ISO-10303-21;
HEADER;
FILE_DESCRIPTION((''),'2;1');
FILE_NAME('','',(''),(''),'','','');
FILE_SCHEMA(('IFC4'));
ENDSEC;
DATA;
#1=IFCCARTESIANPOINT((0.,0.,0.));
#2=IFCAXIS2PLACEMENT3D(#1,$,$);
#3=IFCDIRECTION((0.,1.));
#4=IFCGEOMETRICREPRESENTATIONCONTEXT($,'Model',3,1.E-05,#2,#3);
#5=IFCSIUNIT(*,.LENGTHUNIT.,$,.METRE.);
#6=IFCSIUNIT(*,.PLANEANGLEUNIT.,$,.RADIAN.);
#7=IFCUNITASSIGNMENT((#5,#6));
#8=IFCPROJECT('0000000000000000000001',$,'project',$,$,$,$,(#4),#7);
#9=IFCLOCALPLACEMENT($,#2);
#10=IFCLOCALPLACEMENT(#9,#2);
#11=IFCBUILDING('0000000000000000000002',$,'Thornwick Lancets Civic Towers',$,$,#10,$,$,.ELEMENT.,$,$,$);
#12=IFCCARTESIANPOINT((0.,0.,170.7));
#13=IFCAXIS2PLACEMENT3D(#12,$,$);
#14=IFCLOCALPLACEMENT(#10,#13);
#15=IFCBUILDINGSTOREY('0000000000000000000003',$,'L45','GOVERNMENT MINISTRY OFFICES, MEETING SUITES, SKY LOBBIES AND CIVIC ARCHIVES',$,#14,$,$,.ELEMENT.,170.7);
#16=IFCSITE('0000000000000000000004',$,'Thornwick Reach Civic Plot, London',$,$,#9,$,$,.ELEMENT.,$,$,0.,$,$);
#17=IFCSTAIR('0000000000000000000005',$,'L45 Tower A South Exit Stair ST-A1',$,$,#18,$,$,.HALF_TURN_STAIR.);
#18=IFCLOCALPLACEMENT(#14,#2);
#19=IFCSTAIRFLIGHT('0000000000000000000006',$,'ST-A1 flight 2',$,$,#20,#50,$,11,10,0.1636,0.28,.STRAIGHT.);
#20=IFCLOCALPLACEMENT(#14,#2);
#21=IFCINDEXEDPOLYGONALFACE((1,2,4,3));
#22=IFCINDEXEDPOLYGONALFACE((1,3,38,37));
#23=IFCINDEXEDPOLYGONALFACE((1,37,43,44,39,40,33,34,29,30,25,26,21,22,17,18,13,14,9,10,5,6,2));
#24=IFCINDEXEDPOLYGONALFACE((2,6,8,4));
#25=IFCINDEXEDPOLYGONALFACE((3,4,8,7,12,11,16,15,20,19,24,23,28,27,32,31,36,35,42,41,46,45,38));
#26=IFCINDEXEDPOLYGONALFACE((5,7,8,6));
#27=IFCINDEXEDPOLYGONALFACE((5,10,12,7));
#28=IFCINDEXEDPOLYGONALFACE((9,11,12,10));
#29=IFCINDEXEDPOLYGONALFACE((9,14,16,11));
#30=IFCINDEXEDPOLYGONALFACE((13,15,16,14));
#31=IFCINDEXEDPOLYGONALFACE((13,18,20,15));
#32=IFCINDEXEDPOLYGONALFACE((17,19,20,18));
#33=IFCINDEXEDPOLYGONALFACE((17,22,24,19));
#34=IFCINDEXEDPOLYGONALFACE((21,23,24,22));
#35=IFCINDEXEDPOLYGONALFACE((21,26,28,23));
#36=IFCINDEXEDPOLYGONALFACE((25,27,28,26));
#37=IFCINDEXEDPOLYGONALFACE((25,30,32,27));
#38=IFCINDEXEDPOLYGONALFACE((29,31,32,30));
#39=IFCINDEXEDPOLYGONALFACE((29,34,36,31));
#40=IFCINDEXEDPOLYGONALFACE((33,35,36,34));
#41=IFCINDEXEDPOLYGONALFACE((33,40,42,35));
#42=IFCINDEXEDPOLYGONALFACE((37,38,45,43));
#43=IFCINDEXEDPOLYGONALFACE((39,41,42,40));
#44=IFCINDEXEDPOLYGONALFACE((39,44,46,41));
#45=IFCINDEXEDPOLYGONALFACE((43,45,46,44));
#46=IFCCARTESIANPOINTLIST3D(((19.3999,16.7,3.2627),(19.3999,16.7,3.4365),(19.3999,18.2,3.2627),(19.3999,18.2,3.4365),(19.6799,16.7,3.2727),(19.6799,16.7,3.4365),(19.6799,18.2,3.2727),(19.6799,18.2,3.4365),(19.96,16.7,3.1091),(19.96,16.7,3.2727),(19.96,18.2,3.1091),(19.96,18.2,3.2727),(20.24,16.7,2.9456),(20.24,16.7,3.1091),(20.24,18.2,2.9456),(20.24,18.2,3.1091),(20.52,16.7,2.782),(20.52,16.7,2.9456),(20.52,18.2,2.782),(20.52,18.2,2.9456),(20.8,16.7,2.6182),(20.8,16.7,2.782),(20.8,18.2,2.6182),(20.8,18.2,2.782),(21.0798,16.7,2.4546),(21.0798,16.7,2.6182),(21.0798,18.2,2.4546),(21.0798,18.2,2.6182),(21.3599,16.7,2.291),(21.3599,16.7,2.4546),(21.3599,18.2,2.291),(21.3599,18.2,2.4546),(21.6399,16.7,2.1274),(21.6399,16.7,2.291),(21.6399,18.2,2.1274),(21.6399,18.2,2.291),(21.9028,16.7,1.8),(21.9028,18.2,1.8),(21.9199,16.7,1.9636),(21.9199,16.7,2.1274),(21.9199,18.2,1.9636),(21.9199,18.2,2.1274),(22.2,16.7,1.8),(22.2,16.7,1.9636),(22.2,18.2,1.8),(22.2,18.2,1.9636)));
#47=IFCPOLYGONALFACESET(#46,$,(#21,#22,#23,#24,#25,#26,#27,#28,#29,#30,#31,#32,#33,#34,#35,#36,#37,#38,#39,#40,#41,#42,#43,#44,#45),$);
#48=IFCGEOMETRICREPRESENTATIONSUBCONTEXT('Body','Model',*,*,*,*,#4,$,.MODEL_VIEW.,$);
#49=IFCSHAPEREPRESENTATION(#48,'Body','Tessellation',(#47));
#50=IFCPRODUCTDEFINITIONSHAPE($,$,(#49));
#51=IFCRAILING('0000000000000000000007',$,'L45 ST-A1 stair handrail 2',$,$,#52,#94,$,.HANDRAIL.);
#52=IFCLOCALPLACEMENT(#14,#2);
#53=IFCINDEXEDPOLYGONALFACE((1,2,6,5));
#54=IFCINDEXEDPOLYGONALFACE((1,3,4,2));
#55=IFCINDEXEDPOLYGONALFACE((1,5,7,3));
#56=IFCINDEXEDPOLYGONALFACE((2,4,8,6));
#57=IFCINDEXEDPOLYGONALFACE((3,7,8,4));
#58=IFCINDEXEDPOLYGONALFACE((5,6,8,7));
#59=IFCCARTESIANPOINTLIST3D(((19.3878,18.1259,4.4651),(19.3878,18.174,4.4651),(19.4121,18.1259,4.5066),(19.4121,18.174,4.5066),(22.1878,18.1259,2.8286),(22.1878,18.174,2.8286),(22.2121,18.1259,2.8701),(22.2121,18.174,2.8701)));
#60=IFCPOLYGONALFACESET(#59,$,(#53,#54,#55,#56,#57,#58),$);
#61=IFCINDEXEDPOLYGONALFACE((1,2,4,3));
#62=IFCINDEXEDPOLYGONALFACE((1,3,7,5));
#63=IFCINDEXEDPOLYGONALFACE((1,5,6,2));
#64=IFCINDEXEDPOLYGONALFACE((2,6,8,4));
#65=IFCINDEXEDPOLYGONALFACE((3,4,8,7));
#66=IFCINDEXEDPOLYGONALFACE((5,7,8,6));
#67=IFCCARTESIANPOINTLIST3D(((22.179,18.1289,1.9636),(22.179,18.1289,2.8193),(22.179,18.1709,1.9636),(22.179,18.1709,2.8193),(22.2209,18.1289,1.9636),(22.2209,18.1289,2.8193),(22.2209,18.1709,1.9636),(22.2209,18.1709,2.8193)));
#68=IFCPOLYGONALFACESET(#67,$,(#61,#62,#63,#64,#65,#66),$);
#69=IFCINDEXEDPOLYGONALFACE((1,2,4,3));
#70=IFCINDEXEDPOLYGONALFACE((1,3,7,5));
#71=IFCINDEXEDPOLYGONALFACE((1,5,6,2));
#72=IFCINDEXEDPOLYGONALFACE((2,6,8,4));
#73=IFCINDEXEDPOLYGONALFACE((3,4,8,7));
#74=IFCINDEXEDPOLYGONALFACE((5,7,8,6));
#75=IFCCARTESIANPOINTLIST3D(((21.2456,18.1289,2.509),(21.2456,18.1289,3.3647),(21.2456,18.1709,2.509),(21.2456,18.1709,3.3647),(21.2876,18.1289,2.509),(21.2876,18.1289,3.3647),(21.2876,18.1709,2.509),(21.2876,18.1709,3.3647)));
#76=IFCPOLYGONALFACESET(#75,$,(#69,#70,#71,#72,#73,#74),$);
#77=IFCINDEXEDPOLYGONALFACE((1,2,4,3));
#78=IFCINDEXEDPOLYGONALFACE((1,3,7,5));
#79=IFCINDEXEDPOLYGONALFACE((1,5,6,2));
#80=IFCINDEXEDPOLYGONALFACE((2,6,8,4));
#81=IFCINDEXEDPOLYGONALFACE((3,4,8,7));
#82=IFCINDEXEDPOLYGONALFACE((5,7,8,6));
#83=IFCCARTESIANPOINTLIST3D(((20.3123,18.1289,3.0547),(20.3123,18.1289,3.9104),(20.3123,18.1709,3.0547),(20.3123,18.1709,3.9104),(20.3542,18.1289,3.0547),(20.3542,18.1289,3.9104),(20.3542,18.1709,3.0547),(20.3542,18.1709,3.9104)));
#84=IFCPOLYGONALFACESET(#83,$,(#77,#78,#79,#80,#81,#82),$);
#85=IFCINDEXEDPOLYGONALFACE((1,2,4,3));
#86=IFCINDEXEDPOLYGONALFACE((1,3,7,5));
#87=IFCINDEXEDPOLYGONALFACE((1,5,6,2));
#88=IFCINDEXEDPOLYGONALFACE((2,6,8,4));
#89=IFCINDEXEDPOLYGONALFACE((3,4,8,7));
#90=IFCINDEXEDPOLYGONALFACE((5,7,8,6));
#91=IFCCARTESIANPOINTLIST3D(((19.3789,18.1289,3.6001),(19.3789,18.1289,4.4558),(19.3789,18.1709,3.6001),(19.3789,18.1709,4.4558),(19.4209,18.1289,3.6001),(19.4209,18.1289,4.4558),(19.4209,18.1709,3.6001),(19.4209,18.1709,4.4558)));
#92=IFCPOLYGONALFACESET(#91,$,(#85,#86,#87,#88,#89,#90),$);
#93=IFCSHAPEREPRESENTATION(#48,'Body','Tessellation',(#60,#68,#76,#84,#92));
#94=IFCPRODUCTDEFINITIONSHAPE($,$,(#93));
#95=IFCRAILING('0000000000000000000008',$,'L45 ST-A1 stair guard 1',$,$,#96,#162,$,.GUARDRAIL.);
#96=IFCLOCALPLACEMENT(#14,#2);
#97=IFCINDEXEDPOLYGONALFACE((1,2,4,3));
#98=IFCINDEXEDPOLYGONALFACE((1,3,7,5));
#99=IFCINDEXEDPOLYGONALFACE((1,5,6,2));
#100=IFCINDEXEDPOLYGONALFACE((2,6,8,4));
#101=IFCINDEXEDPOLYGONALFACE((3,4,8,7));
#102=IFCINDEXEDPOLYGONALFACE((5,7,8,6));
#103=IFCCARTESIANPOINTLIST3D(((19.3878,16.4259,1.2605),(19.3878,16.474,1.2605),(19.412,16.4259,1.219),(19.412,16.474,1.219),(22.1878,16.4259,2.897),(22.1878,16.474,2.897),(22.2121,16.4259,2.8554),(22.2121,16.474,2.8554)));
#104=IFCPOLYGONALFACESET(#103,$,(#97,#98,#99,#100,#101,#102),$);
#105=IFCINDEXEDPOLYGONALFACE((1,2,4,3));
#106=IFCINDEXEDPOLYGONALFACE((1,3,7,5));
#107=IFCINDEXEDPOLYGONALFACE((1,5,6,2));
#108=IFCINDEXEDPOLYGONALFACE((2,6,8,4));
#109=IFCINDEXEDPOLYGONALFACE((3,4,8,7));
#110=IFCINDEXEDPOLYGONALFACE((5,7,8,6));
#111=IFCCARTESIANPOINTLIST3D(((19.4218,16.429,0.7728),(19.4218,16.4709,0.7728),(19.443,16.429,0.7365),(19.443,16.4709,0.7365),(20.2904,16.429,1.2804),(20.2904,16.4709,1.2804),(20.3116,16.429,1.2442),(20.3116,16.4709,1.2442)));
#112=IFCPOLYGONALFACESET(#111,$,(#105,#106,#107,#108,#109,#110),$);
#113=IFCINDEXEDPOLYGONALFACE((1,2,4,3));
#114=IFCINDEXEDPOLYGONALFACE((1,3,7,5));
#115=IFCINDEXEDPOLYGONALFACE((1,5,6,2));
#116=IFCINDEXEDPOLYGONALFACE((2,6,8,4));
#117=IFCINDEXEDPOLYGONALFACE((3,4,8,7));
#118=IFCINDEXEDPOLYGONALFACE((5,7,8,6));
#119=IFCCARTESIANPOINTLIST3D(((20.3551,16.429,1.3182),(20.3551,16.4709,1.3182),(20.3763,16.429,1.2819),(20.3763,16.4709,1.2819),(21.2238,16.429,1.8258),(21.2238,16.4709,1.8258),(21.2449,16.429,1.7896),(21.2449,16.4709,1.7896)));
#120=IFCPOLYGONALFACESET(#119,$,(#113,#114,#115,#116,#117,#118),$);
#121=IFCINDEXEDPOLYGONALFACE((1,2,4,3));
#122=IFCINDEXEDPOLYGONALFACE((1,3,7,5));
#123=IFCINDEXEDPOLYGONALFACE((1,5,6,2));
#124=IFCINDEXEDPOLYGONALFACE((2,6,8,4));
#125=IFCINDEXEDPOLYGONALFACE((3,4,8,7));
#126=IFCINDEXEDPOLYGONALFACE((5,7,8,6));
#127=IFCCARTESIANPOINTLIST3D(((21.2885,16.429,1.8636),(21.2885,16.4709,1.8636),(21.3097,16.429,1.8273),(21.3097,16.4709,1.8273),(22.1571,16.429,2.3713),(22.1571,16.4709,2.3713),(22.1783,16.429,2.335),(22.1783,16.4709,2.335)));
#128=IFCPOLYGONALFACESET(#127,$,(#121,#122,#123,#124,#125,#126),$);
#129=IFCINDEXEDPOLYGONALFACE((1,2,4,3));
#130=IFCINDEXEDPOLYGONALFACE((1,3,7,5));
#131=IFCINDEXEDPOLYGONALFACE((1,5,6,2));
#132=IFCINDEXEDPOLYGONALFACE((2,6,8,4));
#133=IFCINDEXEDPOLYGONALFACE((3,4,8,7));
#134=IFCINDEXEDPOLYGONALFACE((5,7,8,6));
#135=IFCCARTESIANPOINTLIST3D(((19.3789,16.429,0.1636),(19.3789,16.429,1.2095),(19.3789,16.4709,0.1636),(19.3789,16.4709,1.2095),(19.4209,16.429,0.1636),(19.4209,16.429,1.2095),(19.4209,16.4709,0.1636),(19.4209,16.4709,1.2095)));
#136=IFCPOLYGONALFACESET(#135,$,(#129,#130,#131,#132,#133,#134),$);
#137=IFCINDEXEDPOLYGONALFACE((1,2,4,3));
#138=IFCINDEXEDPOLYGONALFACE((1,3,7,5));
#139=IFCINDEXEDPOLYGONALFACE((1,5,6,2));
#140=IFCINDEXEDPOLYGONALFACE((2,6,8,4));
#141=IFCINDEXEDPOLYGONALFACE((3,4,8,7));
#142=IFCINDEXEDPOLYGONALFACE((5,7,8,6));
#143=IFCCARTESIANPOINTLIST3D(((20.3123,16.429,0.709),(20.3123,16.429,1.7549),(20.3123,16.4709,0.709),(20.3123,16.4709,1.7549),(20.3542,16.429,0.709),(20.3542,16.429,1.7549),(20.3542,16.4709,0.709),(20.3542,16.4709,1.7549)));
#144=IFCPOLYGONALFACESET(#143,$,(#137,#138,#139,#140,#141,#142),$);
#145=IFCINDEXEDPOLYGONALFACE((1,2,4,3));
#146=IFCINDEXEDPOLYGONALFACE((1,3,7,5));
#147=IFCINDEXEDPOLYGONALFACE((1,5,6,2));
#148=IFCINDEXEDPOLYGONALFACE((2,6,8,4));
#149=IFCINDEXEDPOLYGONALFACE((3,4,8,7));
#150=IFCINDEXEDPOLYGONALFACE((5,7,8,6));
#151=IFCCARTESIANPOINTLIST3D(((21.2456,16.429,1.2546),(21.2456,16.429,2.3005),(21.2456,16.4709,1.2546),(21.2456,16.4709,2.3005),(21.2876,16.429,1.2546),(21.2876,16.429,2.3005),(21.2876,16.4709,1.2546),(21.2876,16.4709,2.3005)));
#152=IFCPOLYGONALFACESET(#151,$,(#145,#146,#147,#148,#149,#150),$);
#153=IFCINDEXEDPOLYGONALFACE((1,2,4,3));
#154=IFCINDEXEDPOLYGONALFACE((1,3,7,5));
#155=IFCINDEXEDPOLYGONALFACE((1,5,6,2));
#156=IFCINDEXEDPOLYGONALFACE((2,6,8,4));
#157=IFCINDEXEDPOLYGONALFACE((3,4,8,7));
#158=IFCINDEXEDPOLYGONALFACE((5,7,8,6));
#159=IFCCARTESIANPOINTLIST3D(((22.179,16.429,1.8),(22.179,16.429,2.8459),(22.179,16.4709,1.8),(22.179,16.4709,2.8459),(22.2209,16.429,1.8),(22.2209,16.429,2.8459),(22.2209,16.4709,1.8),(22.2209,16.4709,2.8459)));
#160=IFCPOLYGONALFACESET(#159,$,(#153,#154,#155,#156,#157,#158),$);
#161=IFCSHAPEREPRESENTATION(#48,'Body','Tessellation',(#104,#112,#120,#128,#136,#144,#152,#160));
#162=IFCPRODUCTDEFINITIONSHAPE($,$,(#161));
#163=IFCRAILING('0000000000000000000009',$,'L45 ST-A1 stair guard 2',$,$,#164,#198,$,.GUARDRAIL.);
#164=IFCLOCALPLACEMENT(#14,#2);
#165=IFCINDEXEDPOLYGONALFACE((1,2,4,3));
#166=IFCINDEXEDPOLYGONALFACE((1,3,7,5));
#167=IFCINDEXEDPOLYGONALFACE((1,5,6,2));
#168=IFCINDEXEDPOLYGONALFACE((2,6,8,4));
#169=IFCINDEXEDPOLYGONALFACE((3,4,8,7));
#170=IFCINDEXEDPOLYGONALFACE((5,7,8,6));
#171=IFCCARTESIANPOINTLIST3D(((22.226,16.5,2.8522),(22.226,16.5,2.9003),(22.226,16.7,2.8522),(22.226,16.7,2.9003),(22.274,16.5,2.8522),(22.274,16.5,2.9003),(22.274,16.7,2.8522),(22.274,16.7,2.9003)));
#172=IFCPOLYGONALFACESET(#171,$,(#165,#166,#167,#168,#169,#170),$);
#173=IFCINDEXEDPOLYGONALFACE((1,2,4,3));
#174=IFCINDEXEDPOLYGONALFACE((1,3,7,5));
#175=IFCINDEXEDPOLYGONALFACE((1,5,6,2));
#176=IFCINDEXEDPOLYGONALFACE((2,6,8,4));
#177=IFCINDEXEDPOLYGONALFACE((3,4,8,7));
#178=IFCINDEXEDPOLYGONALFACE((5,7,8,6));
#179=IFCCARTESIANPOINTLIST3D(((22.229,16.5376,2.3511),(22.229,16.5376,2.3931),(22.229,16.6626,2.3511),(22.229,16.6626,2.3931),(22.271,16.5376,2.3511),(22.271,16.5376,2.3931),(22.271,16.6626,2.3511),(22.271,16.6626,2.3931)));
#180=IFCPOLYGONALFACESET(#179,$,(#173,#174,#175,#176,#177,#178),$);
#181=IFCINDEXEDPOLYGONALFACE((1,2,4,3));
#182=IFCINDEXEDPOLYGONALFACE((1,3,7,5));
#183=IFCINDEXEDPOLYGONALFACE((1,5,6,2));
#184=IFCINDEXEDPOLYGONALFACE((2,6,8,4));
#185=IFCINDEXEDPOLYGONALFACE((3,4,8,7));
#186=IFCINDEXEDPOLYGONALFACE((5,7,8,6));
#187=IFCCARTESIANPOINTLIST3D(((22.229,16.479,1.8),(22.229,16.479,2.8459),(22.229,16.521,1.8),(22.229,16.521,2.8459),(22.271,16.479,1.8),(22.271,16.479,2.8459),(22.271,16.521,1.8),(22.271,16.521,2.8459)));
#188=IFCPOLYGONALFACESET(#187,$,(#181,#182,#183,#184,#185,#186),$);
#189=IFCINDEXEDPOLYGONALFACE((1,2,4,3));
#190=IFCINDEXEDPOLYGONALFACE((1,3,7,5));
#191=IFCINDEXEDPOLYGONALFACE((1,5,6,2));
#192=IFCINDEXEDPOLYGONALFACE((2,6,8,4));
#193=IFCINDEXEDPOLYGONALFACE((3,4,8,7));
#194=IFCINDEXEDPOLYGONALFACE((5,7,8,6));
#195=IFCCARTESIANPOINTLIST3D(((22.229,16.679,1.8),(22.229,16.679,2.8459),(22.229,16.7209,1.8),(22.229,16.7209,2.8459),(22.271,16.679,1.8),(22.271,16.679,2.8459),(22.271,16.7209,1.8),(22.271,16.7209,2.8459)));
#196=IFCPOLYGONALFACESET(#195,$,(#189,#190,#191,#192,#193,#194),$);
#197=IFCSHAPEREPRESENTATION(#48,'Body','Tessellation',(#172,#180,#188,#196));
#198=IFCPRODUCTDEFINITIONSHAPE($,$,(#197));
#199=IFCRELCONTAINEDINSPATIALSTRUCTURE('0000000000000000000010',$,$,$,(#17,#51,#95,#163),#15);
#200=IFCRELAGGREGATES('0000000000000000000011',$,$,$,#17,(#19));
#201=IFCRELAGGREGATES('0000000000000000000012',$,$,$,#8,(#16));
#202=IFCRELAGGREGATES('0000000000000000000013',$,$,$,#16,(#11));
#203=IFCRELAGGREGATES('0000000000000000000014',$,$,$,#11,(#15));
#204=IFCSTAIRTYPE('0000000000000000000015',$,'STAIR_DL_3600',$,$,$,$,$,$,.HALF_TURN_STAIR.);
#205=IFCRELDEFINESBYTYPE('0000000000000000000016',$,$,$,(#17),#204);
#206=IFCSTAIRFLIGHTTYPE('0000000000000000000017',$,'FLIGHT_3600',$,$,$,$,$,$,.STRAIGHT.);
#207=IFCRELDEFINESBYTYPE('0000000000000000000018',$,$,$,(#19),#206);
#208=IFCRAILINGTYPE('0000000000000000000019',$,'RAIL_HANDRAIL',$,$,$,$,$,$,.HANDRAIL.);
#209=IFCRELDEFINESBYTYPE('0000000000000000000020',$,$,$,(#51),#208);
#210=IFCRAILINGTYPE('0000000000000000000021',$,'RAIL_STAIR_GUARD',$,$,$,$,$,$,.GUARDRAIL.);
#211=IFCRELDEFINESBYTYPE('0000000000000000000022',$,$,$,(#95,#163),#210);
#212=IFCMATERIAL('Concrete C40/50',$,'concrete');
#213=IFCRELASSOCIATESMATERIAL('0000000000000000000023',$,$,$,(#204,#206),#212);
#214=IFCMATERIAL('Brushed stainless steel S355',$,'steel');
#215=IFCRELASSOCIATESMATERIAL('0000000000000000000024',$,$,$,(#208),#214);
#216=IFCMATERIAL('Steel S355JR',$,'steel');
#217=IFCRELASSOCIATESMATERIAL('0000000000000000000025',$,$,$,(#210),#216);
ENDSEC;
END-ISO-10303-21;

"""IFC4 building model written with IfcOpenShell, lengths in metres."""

from ifc_helpers import new_model, si_unit, direction, frame, origin, origin_2d, place, context, subcontext, project, spatial, polyline, rectangle, outline, extrude, material, type_object, element, aggregate, save


model = new_model("IFC4")

# Units and contexts
model_context = context("Model", 3, precision=1e-05, world=origin(), true_north=direction((0.0, 1.0)))
body_context = subcontext(model_context, "Body", "Model", "MODEL_VIEW")
ifc_project = project(units=[si_unit("LENGTHUNIT", "METRE"), si_unit("PLANEANGLEUNIT", "RADIAN")], contexts=[model_context])

# Site, building, storey
site_placement = place(None, origin())
site = spatial("IfcSite", under=ifc_project, at=site_placement, Name="Thornwick Reach Civic Plot, London", CompositionType="ELEMENT", RefElevation=0.0)
building_placement = place(site_placement, origin())
building = spatial("IfcBuilding", under=site, at=building_placement, Name="Thornwick Lancets Civic Towers", CompositionType="ELEMENT")
storey_placement = place(building_placement, frame((0.0, 0.0, 170.7)))
storey = spatial("IfcBuildingStorey", under=building, at=storey_placement, Name="L45", Description="GOVERNMENT MINISTRY OFFICES, MEETING SUITES, SKY LOBBIES AND CIVIC ARCHIVES", CompositionType="ELEMENT", Elevation=170.7)

# Shared definitions
ifc_material_1 = material(Name="Concrete C40/50", Category="concrete")

# Stair, stair flight
stair_type = type_object("IfcStairType", Name="STAIR_DL_3600", PredefinedType="HALF_TURN_STAIR", material=ifc_material_1)
stair_placement = place(storey_placement, origin())
stair = element("IfcStair", 1, at=stair_placement, inside=storey, type_object=stair_type, Name="L45 Tower A South Exit Stair ST-A1", PredefinedType="HALF_TURN_STAIR")
stair_flight_type = type_object("IfcStairFlightType", Name="FLIGHT_3600", PredefinedType="STRAIGHT", material=ifc_material_1)
stair_flight_placement = place(storey_placement, frame((22.2, 17.45, 1.8), z_axis=(0.0, 0.0, 1.0), x_axis=(-1.0, 0.0, 0.0)))
stair_flight = element("IfcStairFlight", 2, at=stair_flight_placement, type_object=stair_flight_type, Name="ST-A1 flight 2", NumberOfRisers=11, NumberOfTreads=10, PredefinedType="STRAIGHT", RiserHeight=0.1636, TreadLength=0.28, context=body_context, shape_type="SweptSolid", body=[
    extrude(outline(polyline([(0.0, 0.0), (0.0, 0.1636), (0.28, 0.1636), (0.28, 0.3274), (0.5601, 0.3274), (0.5601, 0.491), (0.8401, 0.491), (0.8401, 0.6545), (1.1201, 0.6545), (1.1201, 0.8181), (1.3999, 0.8181), (1.3999, 0.9819), (1.6799, 0.9819), (1.6799, 1.1455), (1.96, 1.1455), (1.96, 1.3091), (2.24, 1.3091), (2.24, 1.4727), (2.52, 1.4727), (2.52, 1.6365), (2.8, 1.6365), (2.8, 1.8), (2.8, 1.4626), (0.2971, 0.0), (0.0, 0.0)])), frame((0.0, 0.75, 0.0), z_axis=(0.0, -1.0, 0.0), x_axis=(1.0, 0.0, 0.0)), (0.0, 0.0, 1.0), 1.5),
])
aggregate(stair, [stair_flight])

# Railings
ifc_material_2 = material(Name="Brushed stainless steel S355", Category="steel")
railing_type_1 = type_object("IfcRailingType", Name="RAIL_HANDRAIL", PredefinedType="HANDRAIL", material=ifc_material_2)
railing_1_placement = place(storey_placement, frame((22.2, 18.1499, 1.9636)))
element("IfcRailing", 3, at=railing_1_placement, inside=storey, type_object=railing_type_1, Name="L45 ST-A1 stair handrail 2", PredefinedType="HANDRAIL", context=body_context, shape_type="SweptSolid", body=[
    extrude(rectangle(XDim=0.0481, YDim=0.0481, at=origin_2d()), frame((0.0, 0.0, 0.8857), z_axis=(-0.863361, 0.0, 0.504587), x_axis=(0.0, -1.0, 0.0)), (0.0, 0.0, 1.0), 3.2432),
    extrude(rectangle(XDim=0.042, YDim=0.042, at=origin_2d()), origin(), (0.0, 0.0, 1.0), 0.8557),
    extrude(rectangle(XDim=0.042, YDim=0.042, at=origin_2d()), frame((-0.9333, 0.0, 0.5454)), (0.0, 0.0, 1.0), 0.8557),
    extrude(rectangle(XDim=0.042, YDim=0.042, at=origin_2d()), frame((-1.8667, 0.0, 1.0911)), (0.0, 0.0, 1.0), 0.8557),
    extrude(rectangle(XDim=0.042, YDim=0.042, at=origin_2d()), frame((-2.8, 0.0, 1.6365)), (0.0, 0.0, 1.0), 0.8557),
])
ifc_material_3 = material(Name="Steel S355JR", Category="steel")
railing_type_2 = type_object("IfcRailingType", Name="RAIL_STAIR_GUARD", PredefinedType="GUARDRAIL", material=ifc_material_3)
railing_2_placement = place(storey_placement, frame((19.3999, 16.45, 0.1636)))
element("IfcRailing", 4, at=railing_2_placement, inside=storey, type_object=railing_type_2, Name="L45 ST-A1 stair guard 1", PredefinedType="GUARDRAIL", context=body_context, shape_type="SweptSolid", body=[
    extrude(rectangle(XDim=0.0481, YDim=0.0481, at=origin_2d()), frame((0.0, 0.0, 1.0762), z_axis=(0.863361, 0.0, 0.504587), x_axis=(0.0, 1.0, 0.0)), (0.0, 0.0, 1.0), 3.2432),
    extrude(rectangle(XDim=0.042, YDim=0.042, at=origin_2d()), frame((0.0325, 0.0, 0.5911), z_axis=(0.863361, 0.0, 0.504587), x_axis=(0.0, 1.0, 0.0)), (0.0, 0.0, 1.0), 1.0061),
    extrude(rectangle(XDim=0.042, YDim=0.042, at=origin_2d()), frame((0.9658, 0.0, 1.1365), z_axis=(0.863361, 0.0, 0.504587), x_axis=(0.0, 1.0, 0.0)), (0.0, 0.0, 1.0), 1.0061),
    extrude(rectangle(XDim=0.042, YDim=0.042, at=origin_2d()), frame((1.8992, 0.0, 1.6819), z_axis=(0.863361, 0.0, 0.504587), x_axis=(0.0, 1.0, 0.0)), (0.0, 0.0, 1.0), 1.0061),
    extrude(rectangle(XDim=0.042, YDim=0.042, at=origin_2d()), origin(), (0.0, 0.0, 1.0), 1.0459),
    extrude(rectangle(XDim=0.042, YDim=0.042, at=origin_2d()), frame((0.9333, 0.0, 0.5454)), (0.0, 0.0, 1.0), 1.0459),
    extrude(rectangle(XDim=0.042, YDim=0.042, at=origin_2d()), frame((1.8667, 0.0, 1.0911)), (0.0, 0.0, 1.0), 1.0459),
    extrude(rectangle(XDim=0.042, YDim=0.042, at=origin_2d()), frame((2.8, 0.0, 1.6365)), (0.0, 0.0, 1.0), 1.0459),
])
railing_3_placement = place(storey_placement, frame((22.25, 16.5, 1.8)))
element("IfcRailing", 5, at=railing_3_placement, inside=storey, type_object=railing_type_2, Name="L45 ST-A1 stair guard 2", PredefinedType="GUARDRAIL", context=body_context, shape_type="SweptSolid", body=[
    extrude(rectangle(XDim=0.0481, YDim=0.0481, at=origin_2d()), frame((0.0, 0.0, 1.0762), z_axis=(0.0, 1.0, 0.0), x_axis=(-1.0, 0.0, 0.0)), (0.0, 0.0, 1.0), 0.2),
    extrude(rectangle(XDim=0.042, YDim=0.042, at=origin_2d()), frame((0.0, 0.0376, 0.572), z_axis=(0.0, 1.0, 0.0), x_axis=(-1.0, 0.0, 0.0)), (0.0, 0.0, 1.0), 0.125),
    extrude(rectangle(XDim=0.042, YDim=0.042, at=origin_2d()), origin(), (0.0, 0.0, 1.0), 1.0459),
    extrude(rectangle(XDim=0.042, YDim=0.042, at=origin_2d()), frame((0.0, 0.2, 0.0)), (0.0, 0.0, 1.0), 1.0459),
])

save(model, "model.ifc")
